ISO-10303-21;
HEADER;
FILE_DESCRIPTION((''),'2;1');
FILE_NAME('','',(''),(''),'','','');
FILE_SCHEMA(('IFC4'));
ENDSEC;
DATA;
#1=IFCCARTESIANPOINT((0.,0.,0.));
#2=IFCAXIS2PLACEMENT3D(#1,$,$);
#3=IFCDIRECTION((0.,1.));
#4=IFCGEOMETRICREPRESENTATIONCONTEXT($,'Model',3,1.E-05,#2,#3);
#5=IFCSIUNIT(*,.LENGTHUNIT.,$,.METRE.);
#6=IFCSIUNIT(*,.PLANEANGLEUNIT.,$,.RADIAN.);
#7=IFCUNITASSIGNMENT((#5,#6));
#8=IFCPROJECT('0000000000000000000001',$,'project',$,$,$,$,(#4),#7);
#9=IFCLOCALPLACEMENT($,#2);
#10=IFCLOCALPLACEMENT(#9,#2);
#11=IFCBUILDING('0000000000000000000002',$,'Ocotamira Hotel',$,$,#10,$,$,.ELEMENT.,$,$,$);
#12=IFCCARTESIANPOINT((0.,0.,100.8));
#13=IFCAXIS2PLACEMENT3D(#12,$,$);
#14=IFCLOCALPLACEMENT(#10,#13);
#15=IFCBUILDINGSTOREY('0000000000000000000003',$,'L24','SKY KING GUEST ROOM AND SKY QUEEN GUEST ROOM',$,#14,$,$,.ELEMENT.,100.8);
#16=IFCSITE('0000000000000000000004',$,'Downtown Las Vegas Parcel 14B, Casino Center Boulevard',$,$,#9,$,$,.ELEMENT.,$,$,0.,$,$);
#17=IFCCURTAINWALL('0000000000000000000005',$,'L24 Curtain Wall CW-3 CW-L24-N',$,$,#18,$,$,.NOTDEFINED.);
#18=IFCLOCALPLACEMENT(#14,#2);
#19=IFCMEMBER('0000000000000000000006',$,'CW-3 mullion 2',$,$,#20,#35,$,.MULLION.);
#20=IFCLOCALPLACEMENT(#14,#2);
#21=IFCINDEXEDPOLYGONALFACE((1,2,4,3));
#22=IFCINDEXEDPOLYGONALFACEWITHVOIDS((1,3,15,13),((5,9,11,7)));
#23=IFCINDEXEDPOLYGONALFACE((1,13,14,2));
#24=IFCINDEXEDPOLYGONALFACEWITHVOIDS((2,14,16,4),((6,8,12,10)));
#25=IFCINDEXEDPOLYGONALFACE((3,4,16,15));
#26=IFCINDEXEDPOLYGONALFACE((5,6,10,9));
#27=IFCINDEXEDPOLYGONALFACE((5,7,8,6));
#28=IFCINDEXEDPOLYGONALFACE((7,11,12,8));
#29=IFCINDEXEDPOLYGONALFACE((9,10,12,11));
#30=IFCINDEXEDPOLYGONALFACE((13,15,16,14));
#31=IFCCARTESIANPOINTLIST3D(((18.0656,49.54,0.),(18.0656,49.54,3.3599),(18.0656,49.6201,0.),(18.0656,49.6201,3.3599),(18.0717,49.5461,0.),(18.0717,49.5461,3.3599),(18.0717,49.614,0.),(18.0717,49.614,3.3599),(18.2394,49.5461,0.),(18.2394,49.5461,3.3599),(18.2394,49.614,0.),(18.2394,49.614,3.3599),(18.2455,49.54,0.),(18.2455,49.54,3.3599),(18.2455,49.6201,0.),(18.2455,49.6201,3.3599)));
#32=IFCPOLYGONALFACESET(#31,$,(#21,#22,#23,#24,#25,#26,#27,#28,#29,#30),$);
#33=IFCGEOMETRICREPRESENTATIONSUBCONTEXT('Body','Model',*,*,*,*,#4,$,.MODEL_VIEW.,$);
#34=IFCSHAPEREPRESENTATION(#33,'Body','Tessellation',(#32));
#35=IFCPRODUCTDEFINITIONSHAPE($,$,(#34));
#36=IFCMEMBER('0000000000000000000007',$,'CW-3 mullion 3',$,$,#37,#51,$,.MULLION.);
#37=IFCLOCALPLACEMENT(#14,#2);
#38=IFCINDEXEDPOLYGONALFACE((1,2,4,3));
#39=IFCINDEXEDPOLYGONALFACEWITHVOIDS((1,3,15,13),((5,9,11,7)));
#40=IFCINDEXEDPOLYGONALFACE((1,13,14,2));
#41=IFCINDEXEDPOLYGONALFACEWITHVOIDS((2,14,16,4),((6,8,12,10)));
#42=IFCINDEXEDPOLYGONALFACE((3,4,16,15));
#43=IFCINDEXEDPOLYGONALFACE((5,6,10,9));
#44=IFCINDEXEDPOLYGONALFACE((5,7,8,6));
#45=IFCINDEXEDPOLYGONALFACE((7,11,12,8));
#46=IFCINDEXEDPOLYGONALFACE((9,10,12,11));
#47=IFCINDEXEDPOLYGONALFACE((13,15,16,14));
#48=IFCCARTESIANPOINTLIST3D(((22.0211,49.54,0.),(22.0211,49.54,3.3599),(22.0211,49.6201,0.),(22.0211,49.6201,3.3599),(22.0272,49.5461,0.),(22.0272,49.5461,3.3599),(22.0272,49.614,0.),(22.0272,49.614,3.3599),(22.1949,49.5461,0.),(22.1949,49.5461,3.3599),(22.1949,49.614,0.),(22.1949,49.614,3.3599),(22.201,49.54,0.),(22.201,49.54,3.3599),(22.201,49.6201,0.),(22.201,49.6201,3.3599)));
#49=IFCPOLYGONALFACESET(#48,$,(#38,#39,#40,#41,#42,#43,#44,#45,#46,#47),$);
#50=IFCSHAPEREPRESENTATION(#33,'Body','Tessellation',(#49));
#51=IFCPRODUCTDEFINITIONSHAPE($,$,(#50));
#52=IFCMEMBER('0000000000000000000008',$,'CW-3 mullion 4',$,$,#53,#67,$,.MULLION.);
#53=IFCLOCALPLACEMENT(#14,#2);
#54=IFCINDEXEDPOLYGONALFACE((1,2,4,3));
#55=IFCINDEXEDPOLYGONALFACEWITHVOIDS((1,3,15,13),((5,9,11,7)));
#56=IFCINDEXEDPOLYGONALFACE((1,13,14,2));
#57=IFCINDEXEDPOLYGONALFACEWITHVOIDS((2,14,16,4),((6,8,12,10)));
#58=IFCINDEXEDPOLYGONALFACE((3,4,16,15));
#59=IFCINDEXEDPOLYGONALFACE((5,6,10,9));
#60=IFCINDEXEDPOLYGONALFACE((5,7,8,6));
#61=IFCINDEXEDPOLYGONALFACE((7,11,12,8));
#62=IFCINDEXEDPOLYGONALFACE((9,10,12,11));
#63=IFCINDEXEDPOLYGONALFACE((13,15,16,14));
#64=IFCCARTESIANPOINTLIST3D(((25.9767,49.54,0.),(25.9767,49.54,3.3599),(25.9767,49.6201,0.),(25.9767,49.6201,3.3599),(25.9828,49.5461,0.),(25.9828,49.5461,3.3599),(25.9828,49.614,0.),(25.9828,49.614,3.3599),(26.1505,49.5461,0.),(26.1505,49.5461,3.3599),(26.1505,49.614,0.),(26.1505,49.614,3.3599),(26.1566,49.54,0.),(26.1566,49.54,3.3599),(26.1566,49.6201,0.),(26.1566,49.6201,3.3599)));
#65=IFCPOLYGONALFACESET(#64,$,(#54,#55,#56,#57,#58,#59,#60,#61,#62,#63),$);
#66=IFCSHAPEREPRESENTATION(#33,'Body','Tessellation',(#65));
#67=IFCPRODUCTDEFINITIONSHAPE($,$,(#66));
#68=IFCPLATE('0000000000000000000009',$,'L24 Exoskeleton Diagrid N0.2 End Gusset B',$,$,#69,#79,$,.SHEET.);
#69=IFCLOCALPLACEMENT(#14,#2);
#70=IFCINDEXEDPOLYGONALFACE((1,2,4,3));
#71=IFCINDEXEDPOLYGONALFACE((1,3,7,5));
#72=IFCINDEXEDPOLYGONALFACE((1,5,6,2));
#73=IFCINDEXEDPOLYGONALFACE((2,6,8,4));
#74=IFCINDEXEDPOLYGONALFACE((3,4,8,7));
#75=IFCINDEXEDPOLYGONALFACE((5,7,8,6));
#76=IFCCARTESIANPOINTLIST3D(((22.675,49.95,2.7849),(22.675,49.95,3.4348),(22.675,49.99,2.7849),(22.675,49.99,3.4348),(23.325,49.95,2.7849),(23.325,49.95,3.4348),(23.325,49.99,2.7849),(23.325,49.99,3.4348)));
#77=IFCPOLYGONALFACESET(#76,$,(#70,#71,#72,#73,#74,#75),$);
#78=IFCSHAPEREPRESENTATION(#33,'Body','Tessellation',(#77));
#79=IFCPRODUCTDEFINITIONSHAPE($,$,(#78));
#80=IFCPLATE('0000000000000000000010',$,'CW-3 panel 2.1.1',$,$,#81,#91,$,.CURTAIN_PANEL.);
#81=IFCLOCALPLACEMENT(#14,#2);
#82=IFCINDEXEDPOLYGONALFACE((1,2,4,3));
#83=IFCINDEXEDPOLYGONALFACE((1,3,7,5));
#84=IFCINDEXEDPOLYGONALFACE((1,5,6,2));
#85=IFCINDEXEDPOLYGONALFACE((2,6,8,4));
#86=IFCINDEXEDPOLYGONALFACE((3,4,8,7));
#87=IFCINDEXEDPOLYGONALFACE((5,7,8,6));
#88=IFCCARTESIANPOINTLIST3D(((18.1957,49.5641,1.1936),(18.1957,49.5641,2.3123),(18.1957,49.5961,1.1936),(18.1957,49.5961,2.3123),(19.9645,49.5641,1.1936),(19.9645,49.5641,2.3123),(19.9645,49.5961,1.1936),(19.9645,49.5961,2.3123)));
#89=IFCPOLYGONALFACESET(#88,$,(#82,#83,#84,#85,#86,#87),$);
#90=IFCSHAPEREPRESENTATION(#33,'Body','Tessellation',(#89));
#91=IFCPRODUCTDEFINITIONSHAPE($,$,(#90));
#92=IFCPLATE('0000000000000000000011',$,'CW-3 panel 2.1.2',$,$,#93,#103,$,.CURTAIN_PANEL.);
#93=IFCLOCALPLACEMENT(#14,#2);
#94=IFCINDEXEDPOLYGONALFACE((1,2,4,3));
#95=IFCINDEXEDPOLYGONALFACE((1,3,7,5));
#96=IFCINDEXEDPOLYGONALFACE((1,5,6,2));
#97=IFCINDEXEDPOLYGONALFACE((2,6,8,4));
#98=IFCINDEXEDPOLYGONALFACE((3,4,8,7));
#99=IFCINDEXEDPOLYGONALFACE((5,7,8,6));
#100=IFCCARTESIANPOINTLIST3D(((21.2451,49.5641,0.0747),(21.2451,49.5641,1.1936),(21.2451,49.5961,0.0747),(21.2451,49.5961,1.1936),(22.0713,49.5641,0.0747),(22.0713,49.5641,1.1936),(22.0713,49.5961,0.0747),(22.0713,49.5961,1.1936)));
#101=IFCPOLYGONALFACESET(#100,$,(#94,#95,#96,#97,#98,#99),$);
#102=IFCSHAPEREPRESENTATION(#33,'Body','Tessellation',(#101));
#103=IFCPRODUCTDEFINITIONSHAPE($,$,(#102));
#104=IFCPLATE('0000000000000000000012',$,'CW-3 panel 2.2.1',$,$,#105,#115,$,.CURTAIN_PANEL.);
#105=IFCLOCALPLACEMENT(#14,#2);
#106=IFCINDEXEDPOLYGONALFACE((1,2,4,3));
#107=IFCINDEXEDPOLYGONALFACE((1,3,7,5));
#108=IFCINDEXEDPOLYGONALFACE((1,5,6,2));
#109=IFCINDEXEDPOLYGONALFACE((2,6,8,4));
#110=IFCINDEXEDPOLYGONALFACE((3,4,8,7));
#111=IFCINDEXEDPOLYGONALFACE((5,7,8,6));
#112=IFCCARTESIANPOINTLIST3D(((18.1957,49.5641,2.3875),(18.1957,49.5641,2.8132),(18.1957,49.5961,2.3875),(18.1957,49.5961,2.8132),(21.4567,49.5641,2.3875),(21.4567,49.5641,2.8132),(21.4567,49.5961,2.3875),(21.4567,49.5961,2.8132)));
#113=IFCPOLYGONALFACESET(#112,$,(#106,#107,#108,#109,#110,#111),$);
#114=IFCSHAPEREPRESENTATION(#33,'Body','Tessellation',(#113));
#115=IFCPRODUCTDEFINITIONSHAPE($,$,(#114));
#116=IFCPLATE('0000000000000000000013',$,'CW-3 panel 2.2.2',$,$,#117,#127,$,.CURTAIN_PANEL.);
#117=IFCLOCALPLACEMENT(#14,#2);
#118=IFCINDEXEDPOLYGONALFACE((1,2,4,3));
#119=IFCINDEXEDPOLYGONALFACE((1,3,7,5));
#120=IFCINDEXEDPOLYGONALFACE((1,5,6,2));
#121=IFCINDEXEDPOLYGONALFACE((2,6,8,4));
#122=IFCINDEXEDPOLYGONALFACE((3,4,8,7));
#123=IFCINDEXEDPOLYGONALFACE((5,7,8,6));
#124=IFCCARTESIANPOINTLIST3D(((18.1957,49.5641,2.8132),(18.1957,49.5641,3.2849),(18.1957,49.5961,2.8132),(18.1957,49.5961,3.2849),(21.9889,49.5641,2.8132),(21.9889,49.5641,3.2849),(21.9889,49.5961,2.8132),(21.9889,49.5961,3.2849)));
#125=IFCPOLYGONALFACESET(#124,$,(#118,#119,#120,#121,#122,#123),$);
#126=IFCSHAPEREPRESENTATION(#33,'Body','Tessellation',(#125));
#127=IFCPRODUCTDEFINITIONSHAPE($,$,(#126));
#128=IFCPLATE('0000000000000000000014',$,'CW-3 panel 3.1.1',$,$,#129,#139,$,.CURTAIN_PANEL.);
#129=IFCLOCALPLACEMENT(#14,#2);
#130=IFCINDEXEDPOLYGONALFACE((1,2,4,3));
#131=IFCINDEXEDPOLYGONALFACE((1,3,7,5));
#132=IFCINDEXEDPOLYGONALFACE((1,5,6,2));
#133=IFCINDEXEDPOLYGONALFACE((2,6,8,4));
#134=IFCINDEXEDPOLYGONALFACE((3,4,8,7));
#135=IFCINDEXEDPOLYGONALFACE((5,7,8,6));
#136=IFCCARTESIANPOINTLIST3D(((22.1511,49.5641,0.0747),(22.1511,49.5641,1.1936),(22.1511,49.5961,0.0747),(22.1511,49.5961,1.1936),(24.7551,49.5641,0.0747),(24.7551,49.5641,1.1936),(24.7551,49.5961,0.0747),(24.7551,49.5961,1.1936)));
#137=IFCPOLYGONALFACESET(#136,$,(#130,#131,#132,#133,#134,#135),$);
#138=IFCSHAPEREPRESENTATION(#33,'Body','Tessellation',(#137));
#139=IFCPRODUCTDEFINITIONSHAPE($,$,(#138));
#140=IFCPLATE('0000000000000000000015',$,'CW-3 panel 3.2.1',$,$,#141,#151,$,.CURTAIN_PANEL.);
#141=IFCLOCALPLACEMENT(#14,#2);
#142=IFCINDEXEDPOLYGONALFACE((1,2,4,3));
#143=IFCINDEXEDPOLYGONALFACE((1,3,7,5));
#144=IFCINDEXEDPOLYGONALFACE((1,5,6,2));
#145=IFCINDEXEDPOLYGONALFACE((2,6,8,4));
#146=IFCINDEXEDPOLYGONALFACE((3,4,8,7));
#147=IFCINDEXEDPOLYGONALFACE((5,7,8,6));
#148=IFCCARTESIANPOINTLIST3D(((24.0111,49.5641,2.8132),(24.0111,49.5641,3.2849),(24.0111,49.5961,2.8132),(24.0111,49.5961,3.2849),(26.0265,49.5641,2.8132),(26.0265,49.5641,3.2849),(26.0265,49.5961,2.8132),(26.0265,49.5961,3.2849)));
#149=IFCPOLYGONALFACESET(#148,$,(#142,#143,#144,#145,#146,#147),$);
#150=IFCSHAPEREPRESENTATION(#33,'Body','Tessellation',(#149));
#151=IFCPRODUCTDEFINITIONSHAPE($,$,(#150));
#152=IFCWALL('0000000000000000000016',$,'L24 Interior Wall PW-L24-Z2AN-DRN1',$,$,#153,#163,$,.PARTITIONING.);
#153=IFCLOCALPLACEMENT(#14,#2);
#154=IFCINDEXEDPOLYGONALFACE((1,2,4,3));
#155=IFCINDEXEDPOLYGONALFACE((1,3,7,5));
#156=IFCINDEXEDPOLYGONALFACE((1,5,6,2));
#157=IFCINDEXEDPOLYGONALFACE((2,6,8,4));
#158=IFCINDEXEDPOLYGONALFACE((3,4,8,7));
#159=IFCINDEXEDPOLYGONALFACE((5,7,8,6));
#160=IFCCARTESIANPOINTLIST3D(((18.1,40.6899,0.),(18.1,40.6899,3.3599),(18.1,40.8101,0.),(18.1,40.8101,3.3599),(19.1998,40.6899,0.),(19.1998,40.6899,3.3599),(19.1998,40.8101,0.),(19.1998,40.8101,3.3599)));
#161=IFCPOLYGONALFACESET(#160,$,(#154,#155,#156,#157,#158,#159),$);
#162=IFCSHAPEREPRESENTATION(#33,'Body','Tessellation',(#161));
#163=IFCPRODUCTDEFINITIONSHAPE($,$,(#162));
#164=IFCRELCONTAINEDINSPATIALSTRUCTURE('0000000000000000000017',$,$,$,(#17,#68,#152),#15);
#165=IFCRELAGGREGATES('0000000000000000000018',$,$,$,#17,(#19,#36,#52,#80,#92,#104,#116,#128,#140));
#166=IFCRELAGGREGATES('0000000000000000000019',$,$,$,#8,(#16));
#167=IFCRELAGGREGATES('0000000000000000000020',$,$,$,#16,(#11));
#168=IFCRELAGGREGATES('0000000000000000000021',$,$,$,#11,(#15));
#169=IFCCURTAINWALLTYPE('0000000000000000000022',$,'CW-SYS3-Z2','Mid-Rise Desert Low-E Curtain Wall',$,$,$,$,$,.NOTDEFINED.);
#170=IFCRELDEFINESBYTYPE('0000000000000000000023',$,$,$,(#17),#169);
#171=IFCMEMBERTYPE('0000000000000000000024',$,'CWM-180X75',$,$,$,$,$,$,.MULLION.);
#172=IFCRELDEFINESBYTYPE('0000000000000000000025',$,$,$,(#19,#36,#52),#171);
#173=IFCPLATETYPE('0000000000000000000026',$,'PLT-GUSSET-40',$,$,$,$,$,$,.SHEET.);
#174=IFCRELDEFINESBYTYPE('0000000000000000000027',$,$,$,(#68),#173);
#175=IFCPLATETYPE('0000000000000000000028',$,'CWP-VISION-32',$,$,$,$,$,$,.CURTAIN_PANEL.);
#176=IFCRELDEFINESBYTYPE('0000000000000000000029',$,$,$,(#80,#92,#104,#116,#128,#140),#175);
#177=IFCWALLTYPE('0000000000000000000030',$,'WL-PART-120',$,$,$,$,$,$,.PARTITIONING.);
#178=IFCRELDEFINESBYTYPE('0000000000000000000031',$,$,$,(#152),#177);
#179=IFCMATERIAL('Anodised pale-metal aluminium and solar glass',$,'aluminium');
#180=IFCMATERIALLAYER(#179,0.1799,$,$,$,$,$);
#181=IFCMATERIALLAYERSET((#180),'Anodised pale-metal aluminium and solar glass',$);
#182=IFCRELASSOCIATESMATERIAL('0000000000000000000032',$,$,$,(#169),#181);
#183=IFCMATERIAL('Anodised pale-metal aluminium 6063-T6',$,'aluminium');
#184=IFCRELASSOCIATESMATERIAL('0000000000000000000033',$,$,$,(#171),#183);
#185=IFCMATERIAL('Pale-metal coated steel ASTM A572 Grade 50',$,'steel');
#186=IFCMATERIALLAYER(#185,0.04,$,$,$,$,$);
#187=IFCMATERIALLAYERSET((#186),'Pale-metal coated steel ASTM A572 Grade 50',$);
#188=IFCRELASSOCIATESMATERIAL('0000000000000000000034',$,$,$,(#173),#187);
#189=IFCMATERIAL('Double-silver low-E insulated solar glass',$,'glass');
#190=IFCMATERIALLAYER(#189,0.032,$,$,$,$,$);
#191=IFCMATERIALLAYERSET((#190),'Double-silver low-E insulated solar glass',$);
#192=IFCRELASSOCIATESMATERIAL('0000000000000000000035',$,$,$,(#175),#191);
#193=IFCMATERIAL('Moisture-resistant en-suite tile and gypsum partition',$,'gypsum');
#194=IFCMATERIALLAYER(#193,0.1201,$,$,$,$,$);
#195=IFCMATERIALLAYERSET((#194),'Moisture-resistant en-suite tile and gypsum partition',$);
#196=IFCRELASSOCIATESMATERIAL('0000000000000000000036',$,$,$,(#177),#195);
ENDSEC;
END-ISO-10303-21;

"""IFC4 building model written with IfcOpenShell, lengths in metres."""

from ifc_helpers import new_model, si_unit, direction, frame, frame_2d, origin, origin_2d, place, context, subcontext, project, spatial, rectangle, hollow_rectangle, extrude, source, transform, mapped, material, layer, layer_set, material_profile, profile_set, type_object, element, aggregate, save


model = new_model("IFC4")

# Units and contexts
model_context = context("Model", 3, precision=1e-05, world=origin(), true_north=direction((0.0, 1.0)))
body_context = subcontext(model_context, "Body", "Model", "MODEL_VIEW")
ifc_project = project(units=[si_unit("LENGTHUNIT", "METRE"), si_unit("PLANEANGLEUNIT", "RADIAN")], contexts=[model_context])

# Site, building, storey
site_placement = place(None, origin())
site = spatial("IfcSite", under=ifc_project, at=site_placement, Name="Downtown Las Vegas Parcel 14B, Casino Center Boulevard", CompositionType="ELEMENT", RefElevation=0.0)
building_placement = place(site_placement, origin())
building = spatial("IfcBuilding", under=site, at=building_placement, Name="Ocotamira Hotel", CompositionType="ELEMENT")
storey_placement = place(building_placement, frame((0.0, 0.0, 100.8)))
storey = spatial("IfcBuildingStorey", under=building, at=storey_placement, Name="L24", Description="SKY KING GUEST ROOM AND SKY QUEEN GUEST ROOM", CompositionType="ELEMENT", Elevation=100.8)

# Curtain wall, members
ifc_material_1 = material(Name="Anodised pale-metal aluminium and solar glass", Category="aluminium")
ifc_layer_1 = layer(ifc_material_1, 0.1799)
ifc_layer_set_1 = layer_set([ifc_layer_1], Name="Anodised pale-metal aluminium and solar glass")
curtain_wall_type = type_object("IfcCurtainWallType", Name="CW-SYS3-Z2", Description="Mid-Rise Desert Low-E Curtain Wall", PredefinedType="NOTDEFINED", material=ifc_layer_set_1)
curtain_wall_placement = place(storey_placement, origin())
curtain_wall = element("IfcCurtainWall", 1, at=curtain_wall_placement, inside=storey, type_object=curtain_wall_type, Name="L24 Curtain Wall CW-3 CW-L24-N", PredefinedType="NOTDEFINED")
ifc_material_2 = material(Name="Anodised pale-metal aluminium 6063-T6", Category="aluminium")
ifc_material_profile_1 = material_profile(ifc_material_2, hollow_rectangle(XDim=0.0801, YDim=0.1799, WallThickness=0.0061, at=origin_2d()), Name="HSS180X80X6")
ifc_profile_set_1 = profile_set([ifc_material_profile_1], Name="Anodised pale-metal aluminium 6063-T6")
member_type_1 = type_object("IfcMemberType", Name="CWM-180X75", PredefinedType="MULLION", material=ifc_profile_set_1)
shared_shape_1 = source(origin(), body_context, "Body", "SweptSolid", [
    extrude(hollow_rectangle(XDim=0.0801, YDim=0.1799, WallThickness=0.0061, at=origin_2d()), origin(), (0.0, 0.0, 1.0), 3.3599),
])
member_1_placement = place(storey_placement, frame((18.1555, 49.5801, 0.0), z_axis=(0.0, 0.0, 1.0), x_axis=(0.0, 1.0, 0.0)))
member_1 = element("IfcMember", 2, at=member_1_placement, type_object=member_type_1, Name="CW-3 mullion 2", PredefinedType="MULLION", context=body_context, shape_type="MappedRepresentation", body=[
    mapped(shared_shape_1, transform((0.0, 0.0, 0.0), scale=1.0)),
])
member_2_placement = place(storey_placement, frame((22.1111, 49.5801, 0.0), z_axis=(0.0, 0.0, 1.0), x_axis=(0.0, 1.0, 0.0)))
member_2 = element("IfcMember", 3, at=member_2_placement, type_object=member_type_1, Name="CW-3 mullion 3", PredefinedType="MULLION", context=body_context, shape_type="MappedRepresentation", body=[
    mapped(shared_shape_1, transform((0.0, 0.0, 0.0), scale=1.0)),
])
member_3_placement = place(storey_placement, frame((26.0667, 49.5801, 0.0), z_axis=(0.0, 0.0, 1.0), x_axis=(0.0, 1.0, 0.0)))
member_3 = element("IfcMember", 4, at=member_3_placement, type_object=member_type_1, Name="CW-3 mullion 4", PredefinedType="MULLION", context=body_context, shape_type="MappedRepresentation", body=[
    mapped(shared_shape_1, transform((0.0, 0.0, 0.0), scale=1.0)),
])

# Plates
ifc_material_3 = material(Name="Pale-metal coated steel ASTM A572 Grade 50", Category="steel")
ifc_layer_2 = layer(ifc_material_3, 0.04)
ifc_layer_set_2 = layer_set([ifc_layer_2], Name="Pale-metal coated steel ASTM A572 Grade 50")
plate_type_1 = type_object("IfcPlateType", Name="PLT-GUSSET-40", PredefinedType="SHEET", material=ifc_layer_set_2)
shared_shape_2 = source(origin(), body_context, "Body", "SweptSolid", [
    extrude(rectangle(XDim=0.6499, YDim=0.04, at=origin_2d()), origin(), (0.0, 0.0, 1.0), 0.6499),
])
plate_1_placement = place(storey_placement, frame((23.0, 49.97, 2.7849), z_axis=(0.0, 0.0, 1.0), x_axis=(1.0, 0.0, 0.0)))
element("IfcPlate", 5, at=plate_1_placement, inside=storey, type_object=plate_type_1, Name="L24 Exoskeleton Diagrid N0.2 End Gusset B", PredefinedType="SHEET", context=body_context, shape_type="MappedRepresentation", body=[
    mapped(shared_shape_2, transform((0.0, 0.0, 0.0), scale=1.0)),
])
ifc_material_4 = material(Name="Double-silver low-E insulated solar glass", Category="glass")
ifc_layer_3 = layer(ifc_material_4, 0.032)
ifc_layer_set_3 = layer_set([ifc_layer_3], Name="Double-silver low-E insulated solar glass")
plate_type_2 = type_object("IfcPlateType", Name="CWP-VISION-32", PredefinedType="CURTAIN_PANEL", material=ifc_layer_set_3)
shared_shape_3 = source(origin(), body_context, "Body", "SweptSolid", [
    extrude(rectangle(XDim=1.7688, YDim=0.032, at=origin_2d()), origin(), (0.0, 0.0, 1.0), 1.1187),
])
plate_2_placement = place(storey_placement, frame((19.0801, 49.5801, 1.1936), z_axis=(0.0, 0.0, 1.0), x_axis=(1.0, 0.0, 0.0)))
plate_2 = element("IfcPlate", 6, at=plate_2_placement, type_object=plate_type_2, Name="CW-3 panel 2.1.1", PredefinedType="CURTAIN_PANEL", context=body_context, shape_type="MappedRepresentation", body=[
    mapped(shared_shape_3, transform((0.0, 0.0, 0.0), scale=1.0)),
])
shared_shape_4 = source(origin(), body_context, "Body", "SweptSolid", [
    extrude(rectangle(XDim=0.8262, YDim=0.032, at=origin_2d()), origin(), (0.0, 0.0, 1.0), 1.1189),
])
plate_3_placement = place(storey_placement, frame((21.6582, 49.5801, 0.0747), z_axis=(0.0, 0.0, 1.0), x_axis=(1.0, 0.0, 0.0)))
plate_3 = element("IfcPlate", 7, at=plate_3_placement, type_object=plate_type_2, Name="CW-3 panel 2.1.2", PredefinedType="CURTAIN_PANEL", context=body_context, shape_type="MappedRepresentation", body=[
    mapped(shared_shape_4, transform((0.0, 0.0, 0.0), scale=1.0)),
])
shared_shape_5 = source(origin(), body_context, "Body", "SweptSolid", [
    extrude(rectangle(XDim=3.261, YDim=0.032, at=origin_2d()), origin(), (0.0, 0.0, 1.0), 0.4258),
])
plate_4_placement = place(storey_placement, frame((19.8262, 49.5801, 2.3875), z_axis=(0.0, 0.0, 1.0), x_axis=(1.0, 0.0, 0.0)))
plate_4 = element("IfcPlate", 8, at=plate_4_placement, type_object=plate_type_2, Name="CW-3 panel 2.2.1", PredefinedType="CURTAIN_PANEL", context=body_context, shape_type="MappedRepresentation", body=[
    mapped(shared_shape_5, transform((0.0, 0.0, 0.0), scale=1.0)),
])
shared_shape_6 = source(origin(), body_context, "Body", "SweptSolid", [
    extrude(rectangle(XDim=3.7932, YDim=0.032, at=origin_2d()), origin(), (0.0, 0.0, 1.0), 0.4717),
])
plate_5_placement = place(storey_placement, frame((20.0923, 49.5801, 2.8132), z_axis=(0.0, 0.0, 1.0), x_axis=(1.0, 0.0, 0.0)))
plate_5 = element("IfcPlate", 9, at=plate_5_placement, type_object=plate_type_2, Name="CW-3 panel 2.2.2", PredefinedType="CURTAIN_PANEL", context=body_context, shape_type="MappedRepresentation", body=[
    mapped(shared_shape_6, transform((0.0, 0.0, 0.0), scale=1.0)),
])
shared_shape_7 = source(origin(), body_context, "Body", "SweptSolid", [
    extrude(rectangle(XDim=2.604, YDim=0.032, at=origin_2d()), origin(), (0.0, 0.0, 1.0), 1.1189),
])
plate_6_placement = place(storey_placement, frame((23.4531, 49.5801, 0.0747), z_axis=(0.0, 0.0, 1.0), x_axis=(1.0, 0.0, 0.0)))
plate_6 = element("IfcPlate", 10, at=plate_6_placement, type_object=plate_type_2, Name="CW-3 panel 3.1.1", PredefinedType="CURTAIN_PANEL", context=body_context, shape_type="MappedRepresentation", body=[
    mapped(shared_shape_7, transform((0.0, 0.0, 0.0), scale=1.0)),
])
shared_shape_8 = source(origin(), body_context, "Body", "SweptSolid", [
    extrude(rectangle(XDim=2.0154, YDim=0.032, at=origin_2d()), origin(), (0.0, 0.0, 1.0), 0.4717),
])
plate_7_placement = place(storey_placement, frame((25.0188, 49.5801, 2.8132), z_axis=(0.0, 0.0, 1.0), x_axis=(1.0, 0.0, 0.0)))
plate_7 = element("IfcPlate", 11, at=plate_7_placement, type_object=plate_type_2, Name="CW-3 panel 3.2.1", PredefinedType="CURTAIN_PANEL", context=body_context, shape_type="MappedRepresentation", body=[
    mapped(shared_shape_8, transform((0.0, 0.0, 0.0), scale=1.0)),
])
aggregate(curtain_wall, [member_1, member_2, member_3, plate_2, plate_3, plate_4, plate_5, plate_6, plate_7])

# Wall
ifc_material_5 = material(Name="Moisture-resistant en-suite tile and gypsum partition", Category="gypsum")
ifc_layer_4 = layer(ifc_material_5, 0.1201)
ifc_layer_set_4 = layer_set([ifc_layer_4], Name="Moisture-resistant en-suite tile and gypsum partition")
wall_type_1 = type_object("IfcWallType", Name="WL-PART-120", PredefinedType="PARTITIONING", material=ifc_layer_set_4)
wall_1_placement = place(storey_placement, frame((18.1001, 40.75, 0.0), z_axis=(0.0, 0.0, 1.0), x_axis=(1.0, 0.0, 0.0)))
element("IfcWall", 12, at=wall_1_placement, inside=storey, type_object=wall_type_1, Name="L24 Interior Wall PW-L24-Z2AN-DRN1", PredefinedType="PARTITIONING", context=body_context, shape_type="SweptSolid", body=[
    extrude(rectangle(XDim=1.0999, YDim=0.1201, at=frame_2d((0.5498, 0.0))), origin(), (0.0, 0.0, 1.0), 3.3599),
])

save(model, "model.ifc")
